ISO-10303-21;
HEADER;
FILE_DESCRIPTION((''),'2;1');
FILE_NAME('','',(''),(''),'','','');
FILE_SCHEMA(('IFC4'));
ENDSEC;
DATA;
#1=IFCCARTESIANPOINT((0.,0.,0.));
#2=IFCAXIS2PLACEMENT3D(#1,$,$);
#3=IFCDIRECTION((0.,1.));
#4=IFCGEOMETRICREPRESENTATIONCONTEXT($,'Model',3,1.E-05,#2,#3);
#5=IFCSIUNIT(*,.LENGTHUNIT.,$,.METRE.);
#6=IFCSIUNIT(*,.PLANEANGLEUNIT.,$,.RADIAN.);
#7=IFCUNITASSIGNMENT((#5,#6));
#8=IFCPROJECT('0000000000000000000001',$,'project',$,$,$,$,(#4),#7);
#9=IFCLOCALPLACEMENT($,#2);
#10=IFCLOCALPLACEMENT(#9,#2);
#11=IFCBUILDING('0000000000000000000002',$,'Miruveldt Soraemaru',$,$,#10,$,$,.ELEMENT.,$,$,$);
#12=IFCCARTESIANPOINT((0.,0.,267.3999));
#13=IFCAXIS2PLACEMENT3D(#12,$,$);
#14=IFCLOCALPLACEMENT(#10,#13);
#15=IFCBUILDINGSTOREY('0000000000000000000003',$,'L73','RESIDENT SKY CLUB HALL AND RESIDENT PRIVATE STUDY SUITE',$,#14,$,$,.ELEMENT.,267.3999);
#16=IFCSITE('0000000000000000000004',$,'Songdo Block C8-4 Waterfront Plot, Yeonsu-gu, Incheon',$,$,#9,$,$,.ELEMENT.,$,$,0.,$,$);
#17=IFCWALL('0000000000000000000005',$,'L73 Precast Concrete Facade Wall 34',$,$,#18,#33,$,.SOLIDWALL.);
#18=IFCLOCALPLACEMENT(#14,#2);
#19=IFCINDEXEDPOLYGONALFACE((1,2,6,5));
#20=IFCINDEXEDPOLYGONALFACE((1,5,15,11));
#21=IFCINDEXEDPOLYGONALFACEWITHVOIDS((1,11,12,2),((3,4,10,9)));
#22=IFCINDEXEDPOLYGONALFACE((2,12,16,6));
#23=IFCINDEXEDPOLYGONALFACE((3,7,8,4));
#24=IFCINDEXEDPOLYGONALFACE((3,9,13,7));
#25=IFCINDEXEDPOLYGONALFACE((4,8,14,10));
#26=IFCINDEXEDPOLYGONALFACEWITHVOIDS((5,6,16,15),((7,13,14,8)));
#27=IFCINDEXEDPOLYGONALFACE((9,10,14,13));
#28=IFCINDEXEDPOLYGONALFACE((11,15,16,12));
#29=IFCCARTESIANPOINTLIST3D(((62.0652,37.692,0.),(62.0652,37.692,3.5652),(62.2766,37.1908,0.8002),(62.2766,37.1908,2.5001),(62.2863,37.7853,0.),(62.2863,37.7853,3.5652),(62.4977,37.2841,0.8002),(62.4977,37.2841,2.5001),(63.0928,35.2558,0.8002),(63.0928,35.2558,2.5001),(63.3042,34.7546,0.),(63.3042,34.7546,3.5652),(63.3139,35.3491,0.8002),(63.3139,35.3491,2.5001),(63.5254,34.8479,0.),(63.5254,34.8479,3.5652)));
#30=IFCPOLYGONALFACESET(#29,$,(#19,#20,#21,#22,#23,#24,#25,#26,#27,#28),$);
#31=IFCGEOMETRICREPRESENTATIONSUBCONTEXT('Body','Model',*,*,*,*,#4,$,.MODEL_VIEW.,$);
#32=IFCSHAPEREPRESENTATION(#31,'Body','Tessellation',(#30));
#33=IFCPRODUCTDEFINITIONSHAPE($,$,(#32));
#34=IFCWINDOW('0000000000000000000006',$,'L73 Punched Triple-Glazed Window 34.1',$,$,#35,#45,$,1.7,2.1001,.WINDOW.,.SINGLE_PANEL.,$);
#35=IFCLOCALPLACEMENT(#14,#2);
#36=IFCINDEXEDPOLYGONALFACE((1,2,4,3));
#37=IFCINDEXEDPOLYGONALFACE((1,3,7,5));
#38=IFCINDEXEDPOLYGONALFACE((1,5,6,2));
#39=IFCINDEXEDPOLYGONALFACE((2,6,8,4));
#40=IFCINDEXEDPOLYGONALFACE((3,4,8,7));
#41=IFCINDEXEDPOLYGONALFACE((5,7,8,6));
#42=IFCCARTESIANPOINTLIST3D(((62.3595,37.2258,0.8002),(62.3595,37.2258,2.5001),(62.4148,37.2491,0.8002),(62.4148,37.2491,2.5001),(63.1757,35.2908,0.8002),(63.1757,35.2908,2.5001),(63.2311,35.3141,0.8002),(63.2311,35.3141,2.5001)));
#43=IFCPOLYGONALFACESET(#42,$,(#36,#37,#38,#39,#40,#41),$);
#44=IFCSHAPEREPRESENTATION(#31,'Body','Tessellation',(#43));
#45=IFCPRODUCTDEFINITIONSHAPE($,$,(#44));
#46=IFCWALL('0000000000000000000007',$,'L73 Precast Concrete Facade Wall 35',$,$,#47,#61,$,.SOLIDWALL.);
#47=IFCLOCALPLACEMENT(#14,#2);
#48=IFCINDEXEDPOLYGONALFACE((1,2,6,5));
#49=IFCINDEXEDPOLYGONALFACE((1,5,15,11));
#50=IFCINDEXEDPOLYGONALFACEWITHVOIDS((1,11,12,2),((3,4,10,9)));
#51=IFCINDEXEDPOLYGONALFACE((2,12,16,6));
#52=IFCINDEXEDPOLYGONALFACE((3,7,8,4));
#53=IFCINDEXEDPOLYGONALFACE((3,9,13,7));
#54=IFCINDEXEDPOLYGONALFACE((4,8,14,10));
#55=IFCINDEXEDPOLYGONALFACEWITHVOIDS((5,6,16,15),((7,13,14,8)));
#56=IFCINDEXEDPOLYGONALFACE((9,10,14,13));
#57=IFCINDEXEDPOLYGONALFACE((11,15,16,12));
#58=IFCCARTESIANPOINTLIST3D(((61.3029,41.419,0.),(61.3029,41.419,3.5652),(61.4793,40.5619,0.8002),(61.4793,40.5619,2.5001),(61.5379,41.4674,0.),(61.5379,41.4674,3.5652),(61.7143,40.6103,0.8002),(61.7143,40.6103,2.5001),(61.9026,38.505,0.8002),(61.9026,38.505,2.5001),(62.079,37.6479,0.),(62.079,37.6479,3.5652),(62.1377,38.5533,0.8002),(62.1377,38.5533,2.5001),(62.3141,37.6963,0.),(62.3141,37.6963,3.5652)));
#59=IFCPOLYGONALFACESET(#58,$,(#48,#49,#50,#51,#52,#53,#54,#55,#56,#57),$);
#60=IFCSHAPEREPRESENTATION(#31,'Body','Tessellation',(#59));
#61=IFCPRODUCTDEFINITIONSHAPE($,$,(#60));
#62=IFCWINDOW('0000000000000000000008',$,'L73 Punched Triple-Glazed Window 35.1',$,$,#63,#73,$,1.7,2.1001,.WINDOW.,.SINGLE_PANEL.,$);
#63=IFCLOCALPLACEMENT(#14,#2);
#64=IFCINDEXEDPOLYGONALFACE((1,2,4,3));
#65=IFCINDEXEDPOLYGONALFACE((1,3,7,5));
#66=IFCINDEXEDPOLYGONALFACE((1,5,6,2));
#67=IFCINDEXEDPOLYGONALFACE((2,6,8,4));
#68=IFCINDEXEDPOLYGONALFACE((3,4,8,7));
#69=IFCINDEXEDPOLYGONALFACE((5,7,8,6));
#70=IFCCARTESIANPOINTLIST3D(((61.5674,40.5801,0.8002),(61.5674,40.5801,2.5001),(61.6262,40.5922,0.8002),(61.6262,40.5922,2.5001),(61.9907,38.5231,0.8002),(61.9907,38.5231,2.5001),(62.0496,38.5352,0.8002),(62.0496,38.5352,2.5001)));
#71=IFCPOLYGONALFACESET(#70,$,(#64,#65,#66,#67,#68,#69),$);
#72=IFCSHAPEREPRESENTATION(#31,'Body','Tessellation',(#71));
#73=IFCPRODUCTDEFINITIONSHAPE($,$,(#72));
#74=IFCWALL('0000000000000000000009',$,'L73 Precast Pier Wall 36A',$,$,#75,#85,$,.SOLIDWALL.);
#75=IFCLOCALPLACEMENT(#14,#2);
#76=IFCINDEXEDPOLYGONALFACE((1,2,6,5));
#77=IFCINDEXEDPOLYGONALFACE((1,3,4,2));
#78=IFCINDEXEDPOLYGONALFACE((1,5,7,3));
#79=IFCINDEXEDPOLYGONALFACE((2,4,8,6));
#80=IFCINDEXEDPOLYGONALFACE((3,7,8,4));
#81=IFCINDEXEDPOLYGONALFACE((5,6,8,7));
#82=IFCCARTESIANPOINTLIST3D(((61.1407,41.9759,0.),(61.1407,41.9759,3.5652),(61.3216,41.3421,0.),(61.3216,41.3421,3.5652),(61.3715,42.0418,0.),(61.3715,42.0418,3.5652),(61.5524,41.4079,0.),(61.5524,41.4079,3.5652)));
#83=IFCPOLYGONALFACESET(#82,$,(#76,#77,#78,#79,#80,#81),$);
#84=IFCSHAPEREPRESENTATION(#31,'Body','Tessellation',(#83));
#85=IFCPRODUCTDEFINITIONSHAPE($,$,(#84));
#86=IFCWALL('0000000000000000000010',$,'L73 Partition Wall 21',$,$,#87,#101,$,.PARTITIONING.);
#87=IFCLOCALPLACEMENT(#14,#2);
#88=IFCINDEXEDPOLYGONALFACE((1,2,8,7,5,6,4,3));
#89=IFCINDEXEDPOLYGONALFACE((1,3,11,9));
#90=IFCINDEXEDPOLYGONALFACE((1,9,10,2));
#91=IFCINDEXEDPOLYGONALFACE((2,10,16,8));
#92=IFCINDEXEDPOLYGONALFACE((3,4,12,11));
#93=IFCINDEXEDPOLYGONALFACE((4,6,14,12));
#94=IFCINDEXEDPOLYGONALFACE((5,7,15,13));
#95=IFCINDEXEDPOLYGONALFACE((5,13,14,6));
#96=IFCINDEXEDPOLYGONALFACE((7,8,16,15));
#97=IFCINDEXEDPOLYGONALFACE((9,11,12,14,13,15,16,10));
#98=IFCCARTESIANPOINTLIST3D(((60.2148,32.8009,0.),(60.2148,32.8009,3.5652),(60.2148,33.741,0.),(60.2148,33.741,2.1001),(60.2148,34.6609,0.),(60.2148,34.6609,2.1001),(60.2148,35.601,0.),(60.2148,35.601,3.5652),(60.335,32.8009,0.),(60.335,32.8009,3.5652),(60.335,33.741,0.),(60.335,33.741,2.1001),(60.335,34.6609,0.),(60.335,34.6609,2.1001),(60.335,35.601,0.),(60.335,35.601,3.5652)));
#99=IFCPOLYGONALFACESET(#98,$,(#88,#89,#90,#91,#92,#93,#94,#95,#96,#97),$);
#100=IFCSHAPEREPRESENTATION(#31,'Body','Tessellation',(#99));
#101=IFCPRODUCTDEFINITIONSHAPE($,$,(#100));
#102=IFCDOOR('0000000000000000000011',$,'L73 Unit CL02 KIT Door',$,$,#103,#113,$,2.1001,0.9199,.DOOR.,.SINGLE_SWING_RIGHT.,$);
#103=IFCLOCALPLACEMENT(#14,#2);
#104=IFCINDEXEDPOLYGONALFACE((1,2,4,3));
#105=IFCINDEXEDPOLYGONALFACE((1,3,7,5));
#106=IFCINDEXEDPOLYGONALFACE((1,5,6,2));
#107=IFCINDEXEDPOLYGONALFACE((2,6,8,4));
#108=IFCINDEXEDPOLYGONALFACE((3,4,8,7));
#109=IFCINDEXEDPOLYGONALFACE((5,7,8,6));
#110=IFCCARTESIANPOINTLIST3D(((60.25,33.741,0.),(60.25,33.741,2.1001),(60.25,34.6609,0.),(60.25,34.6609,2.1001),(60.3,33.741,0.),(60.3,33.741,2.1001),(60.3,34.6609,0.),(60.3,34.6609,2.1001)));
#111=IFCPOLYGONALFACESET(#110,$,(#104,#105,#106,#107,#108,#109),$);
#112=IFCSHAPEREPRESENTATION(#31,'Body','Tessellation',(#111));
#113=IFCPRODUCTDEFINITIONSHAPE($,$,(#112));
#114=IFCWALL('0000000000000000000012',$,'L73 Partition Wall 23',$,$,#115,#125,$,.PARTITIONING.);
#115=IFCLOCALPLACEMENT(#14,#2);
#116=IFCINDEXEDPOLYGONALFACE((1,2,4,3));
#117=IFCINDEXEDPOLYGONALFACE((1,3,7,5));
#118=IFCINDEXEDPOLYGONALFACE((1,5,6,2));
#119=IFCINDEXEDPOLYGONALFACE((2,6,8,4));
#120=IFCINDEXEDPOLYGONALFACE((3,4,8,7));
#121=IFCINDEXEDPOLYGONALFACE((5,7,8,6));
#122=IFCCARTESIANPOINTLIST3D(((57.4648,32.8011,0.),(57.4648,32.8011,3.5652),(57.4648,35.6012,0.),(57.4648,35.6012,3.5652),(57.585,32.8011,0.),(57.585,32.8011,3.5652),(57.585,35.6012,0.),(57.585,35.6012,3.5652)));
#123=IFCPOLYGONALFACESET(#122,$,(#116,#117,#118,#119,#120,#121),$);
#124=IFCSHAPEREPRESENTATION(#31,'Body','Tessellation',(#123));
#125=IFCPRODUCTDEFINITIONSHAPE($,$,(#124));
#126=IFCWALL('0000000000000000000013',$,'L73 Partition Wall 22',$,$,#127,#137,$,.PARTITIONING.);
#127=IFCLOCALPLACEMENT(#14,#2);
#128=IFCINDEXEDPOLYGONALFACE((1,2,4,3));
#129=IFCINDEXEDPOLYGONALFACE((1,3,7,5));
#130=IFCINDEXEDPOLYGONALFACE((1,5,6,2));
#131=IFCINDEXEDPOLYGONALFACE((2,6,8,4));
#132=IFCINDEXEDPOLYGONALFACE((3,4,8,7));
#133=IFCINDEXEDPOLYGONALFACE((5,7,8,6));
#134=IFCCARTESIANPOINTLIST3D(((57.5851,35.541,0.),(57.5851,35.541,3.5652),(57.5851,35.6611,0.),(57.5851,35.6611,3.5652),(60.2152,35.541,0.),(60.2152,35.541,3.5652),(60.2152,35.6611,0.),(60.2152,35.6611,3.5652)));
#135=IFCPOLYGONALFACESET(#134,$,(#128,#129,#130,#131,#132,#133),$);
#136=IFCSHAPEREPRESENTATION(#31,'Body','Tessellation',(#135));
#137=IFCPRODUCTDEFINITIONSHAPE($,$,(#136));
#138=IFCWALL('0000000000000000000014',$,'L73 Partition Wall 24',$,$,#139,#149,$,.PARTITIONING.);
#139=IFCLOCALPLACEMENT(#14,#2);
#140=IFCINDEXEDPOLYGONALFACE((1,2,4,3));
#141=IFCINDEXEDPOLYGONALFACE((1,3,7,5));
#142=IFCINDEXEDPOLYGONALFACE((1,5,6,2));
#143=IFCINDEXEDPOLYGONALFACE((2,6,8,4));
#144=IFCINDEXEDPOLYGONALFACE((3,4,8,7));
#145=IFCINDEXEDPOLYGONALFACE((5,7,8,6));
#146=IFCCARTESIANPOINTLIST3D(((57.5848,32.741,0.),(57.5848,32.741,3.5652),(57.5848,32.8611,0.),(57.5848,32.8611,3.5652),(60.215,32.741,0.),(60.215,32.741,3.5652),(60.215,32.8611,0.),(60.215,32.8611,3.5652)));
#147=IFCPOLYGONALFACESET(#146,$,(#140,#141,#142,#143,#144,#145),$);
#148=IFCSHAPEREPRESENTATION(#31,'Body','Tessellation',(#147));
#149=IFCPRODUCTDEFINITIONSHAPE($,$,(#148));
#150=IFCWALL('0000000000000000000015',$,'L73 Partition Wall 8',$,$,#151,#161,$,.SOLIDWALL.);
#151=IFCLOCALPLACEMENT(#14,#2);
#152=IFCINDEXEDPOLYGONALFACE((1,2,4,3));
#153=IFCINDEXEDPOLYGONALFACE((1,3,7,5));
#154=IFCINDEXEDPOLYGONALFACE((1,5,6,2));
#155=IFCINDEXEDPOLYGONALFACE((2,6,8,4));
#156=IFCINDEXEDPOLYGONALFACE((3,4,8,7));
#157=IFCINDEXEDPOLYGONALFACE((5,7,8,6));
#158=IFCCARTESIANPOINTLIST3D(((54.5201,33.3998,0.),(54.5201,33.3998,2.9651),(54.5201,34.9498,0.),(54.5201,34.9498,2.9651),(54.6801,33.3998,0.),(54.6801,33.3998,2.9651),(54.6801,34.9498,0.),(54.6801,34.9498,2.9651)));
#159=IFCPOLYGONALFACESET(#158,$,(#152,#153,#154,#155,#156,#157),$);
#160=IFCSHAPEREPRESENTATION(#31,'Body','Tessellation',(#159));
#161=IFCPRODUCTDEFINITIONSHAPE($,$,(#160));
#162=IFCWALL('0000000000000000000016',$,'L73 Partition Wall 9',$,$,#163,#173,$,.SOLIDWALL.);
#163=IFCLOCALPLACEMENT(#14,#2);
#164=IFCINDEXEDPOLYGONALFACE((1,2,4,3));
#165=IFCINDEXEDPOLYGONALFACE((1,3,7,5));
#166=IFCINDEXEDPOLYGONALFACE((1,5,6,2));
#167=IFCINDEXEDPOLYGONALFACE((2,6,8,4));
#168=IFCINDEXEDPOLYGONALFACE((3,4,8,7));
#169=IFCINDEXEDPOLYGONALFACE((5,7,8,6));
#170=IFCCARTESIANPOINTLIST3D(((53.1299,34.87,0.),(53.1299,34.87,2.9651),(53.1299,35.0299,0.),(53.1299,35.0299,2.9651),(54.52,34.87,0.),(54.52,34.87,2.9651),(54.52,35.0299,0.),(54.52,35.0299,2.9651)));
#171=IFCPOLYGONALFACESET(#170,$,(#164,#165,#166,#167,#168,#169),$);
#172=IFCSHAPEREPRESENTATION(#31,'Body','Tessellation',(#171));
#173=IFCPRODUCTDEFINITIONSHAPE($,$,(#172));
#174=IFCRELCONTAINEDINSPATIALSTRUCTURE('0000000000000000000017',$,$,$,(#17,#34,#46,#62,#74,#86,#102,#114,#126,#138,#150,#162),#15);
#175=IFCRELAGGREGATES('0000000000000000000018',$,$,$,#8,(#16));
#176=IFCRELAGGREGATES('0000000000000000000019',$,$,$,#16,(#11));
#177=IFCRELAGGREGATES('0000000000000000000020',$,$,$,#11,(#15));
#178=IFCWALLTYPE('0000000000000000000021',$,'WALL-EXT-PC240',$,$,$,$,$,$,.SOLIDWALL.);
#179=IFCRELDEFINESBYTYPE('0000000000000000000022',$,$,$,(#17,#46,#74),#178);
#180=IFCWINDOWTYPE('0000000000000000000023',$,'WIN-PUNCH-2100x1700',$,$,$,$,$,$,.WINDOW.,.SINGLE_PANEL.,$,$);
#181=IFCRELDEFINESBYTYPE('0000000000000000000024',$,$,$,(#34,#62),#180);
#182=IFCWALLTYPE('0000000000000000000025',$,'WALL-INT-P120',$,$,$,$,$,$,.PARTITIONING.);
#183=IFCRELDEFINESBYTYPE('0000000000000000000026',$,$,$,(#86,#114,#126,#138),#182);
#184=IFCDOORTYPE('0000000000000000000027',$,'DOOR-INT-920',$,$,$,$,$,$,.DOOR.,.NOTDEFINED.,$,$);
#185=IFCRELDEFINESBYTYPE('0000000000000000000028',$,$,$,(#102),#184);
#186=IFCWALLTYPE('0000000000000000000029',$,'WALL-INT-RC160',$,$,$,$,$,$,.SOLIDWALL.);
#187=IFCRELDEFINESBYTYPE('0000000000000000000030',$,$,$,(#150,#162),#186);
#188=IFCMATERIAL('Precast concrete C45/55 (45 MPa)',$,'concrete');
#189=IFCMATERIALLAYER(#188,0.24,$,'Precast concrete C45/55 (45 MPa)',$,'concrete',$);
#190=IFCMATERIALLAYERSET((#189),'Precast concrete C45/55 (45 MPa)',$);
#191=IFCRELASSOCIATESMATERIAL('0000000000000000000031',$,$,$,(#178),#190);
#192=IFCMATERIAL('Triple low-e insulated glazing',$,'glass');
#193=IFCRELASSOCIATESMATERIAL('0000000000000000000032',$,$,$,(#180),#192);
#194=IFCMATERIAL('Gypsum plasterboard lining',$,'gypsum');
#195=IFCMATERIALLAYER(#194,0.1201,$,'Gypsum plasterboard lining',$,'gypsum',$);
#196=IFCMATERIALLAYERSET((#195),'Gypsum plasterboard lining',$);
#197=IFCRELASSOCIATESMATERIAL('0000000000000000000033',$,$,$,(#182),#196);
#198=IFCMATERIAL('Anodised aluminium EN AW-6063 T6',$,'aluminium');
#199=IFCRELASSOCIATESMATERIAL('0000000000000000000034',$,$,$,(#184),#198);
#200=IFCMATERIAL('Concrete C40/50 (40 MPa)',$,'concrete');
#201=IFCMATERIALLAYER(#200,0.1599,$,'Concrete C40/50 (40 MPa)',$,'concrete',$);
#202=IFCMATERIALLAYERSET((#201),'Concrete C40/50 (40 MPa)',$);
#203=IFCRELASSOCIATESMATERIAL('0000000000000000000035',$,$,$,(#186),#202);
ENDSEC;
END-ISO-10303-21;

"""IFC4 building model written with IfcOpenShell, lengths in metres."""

from ifc_helpers import new_model, si_unit, direction, frame, frame_2d, origin, place, context, subcontext, project, spatial, rectangle, extrude, material, layer, layer_set, type_object, element, fill, save


model = new_model("IFC4")

# Units and contexts
model_context = context("Model", 3, precision=1e-05, world=origin(), true_north=direction((0.0, 1.0)))
body_context = subcontext(model_context, "Body", "Model", "MODEL_VIEW")
ifc_project = project(units=[si_unit("LENGTHUNIT", "METRE"), si_unit("PLANEANGLEUNIT", "RADIAN")], contexts=[model_context])

# Site, building, storey
site_placement = place(None, origin())
site = spatial("IfcSite", under=ifc_project, at=site_placement, Name="Songdo Block C8-4 Waterfront Plot, Yeonsu-gu, Incheon", CompositionType="ELEMENT", RefElevation=0.0)
building_placement = place(site_placement, origin())
building = spatial("IfcBuilding", under=site, at=building_placement, Name="Miruveldt Soraemaru", CompositionType="ELEMENT")
storey_placement = place(building_placement, frame((0.0, 0.0, 267.3999)))
storey = spatial("IfcBuildingStorey", under=building, at=storey_placement, Name="L73", Description="RESIDENT SKY CLUB HALL AND RESIDENT PRIVATE STUDY SUITE", CompositionType="ELEMENT", Elevation=267.3999)

# Shared definitions
ifc_material_1 = material(Name="Anodised aluminium EN AW-6063 T6", Category="aluminium")

# Walls, openings, windows
ifc_material_2 = material(Name="Precast concrete C45/55 (45 MPa)", Category="concrete")
ifc_layer_1 = layer(ifc_material_2, 0.24, Name="Precast concrete C45/55 (45 MPa)", Category="concrete")
ifc_layer_set_1 = layer_set([ifc_layer_1], Name="Precast concrete C45/55 (45 MPa)")
wall_type_1 = type_object("IfcWallType", Name="WALL-EXT-PC240", PredefinedType="SOLIDWALL", material=ifc_layer_set_1)
ifc_material_3 = material(Name="Triple low-e insulated glazing", Category="glass")
window_type_1 = type_object("IfcWindowType", Name="WIN-PUNCH-2100x1700", PartitioningType="SINGLE_PANEL", PredefinedType="WINDOW", material=ifc_material_3)
wall_1_placement = place(storey_placement, frame((63.4148, 34.8013, 0.0), z_axis=(0.0, 0.0, 1.0), x_axis=(-0.388663, 0.92138, 0.0)))
wall_1 = element("IfcWall", 1, at=wall_1_placement, inside=storey, type_object=wall_type_1, Name="L73 Precast Concrete Facade Wall 34", PredefinedType="SOLIDWALL", context=body_context, shape_type="SweptSolid", body=[
    extrude(rectangle(XDim=3.188, YDim=0.24, at=frame_2d((1.594, 0.0))), origin(), (0.0, 0.0, 1.0), 3.5652),
])
opening_1_placement = place(wall_1_placement, frame((0.5439, 0.0, 0.8)))
opening_1 = element("IfcOpeningElement", 2, at=opening_1_placement, cuts=wall_1, PredefinedType="OPENING", context=body_context, shape_type="SweptSolid", body=[
    extrude(rectangle(XDim=2.1001, YDim=1.7, at=frame_2d((1.05, 0.8501))), frame((0.0, 0.1299, 0.0), z_axis=(0.0, -1.0, 0.0), x_axis=(1.0, 0.0, 0.0)), (0.0, 0.0, 1.0), 0.26),
])
window_1_placement = place(opening_1_placement, origin())
window_1 = element("IfcWindow", 3, at=window_1_placement, inside=storey, type_object=window_type_1, Name="L73 Punched Triple-Glazed Window 34.1", OverallHeight=1.7, OverallWidth=2.1001, PartitioningType="SINGLE_PANEL", PredefinedType="WINDOW", context=body_context, shape_type="SweptSolid", body=[
    extrude(rectangle(XDim=2.1001, YDim=1.7, at=frame_2d((1.05, 0.8501))), frame((0.0, 0.03, 0.0), z_axis=(0.0, -1.0, 0.0), x_axis=(1.0, 0.0, 0.0)), (0.0, 0.0, 1.0), 0.0601),
])
fill(opening_1, window_1)
wall_2_placement = place(storey_placement, frame((62.1965, 37.6721, 0.0), z_axis=(0.0, 0.0, 1.0), x_axis=(-0.201589, 0.97947, 0.0)))
wall_2 = element("IfcWall", 4, at=wall_2_placement, inside=storey, type_object=wall_type_1, Name="L73 Precast Concrete Facade Wall 35", PredefinedType="SOLIDWALL", context=body_context, shape_type="SweptSolid", body=[
    extrude(rectangle(XDim=3.8501, YDim=0.24, at=frame_2d((1.925, 0.0))), origin(), (0.0, 0.0, 1.0), 3.5652),
])
opening_2_placement = place(wall_2_placement, frame((0.875, 0.0, 0.8)))
opening_2 = element("IfcOpeningElement", 5, at=opening_2_placement, cuts=wall_2, PredefinedType="OPENING", context=body_context, shape_type="SweptSolid", body=[
    extrude(rectangle(XDim=2.1001, YDim=1.7, at=frame_2d((1.05, 0.8501))), frame((0.0, 0.1299, 0.0), z_axis=(0.0, -1.0, 0.0), x_axis=(1.0, 0.0, 0.0)), (0.0, 0.0, 1.0), 0.26),
])
window_2_placement = place(opening_2_placement, origin())
window_2 = element("IfcWindow", 6, at=window_2_placement, inside=storey, type_object=window_type_1, Name="L73 Punched Triple-Glazed Window 35.1", OverallHeight=1.7, OverallWidth=2.1001, PartitioningType="SINGLE_PANEL", PredefinedType="WINDOW", context=body_context, shape_type="SweptSolid", body=[
    extrude(rectangle(XDim=2.1001, YDim=1.7, at=frame_2d((1.05, 0.8501))), frame((0.0, 0.03, 0.0), z_axis=(0.0, -1.0, 0.0), x_axis=(1.0, 0.0, 0.0)), (0.0, 0.0, 1.0), 0.0601),
])
fill(opening_2, window_2)

# Wall
wall_3_placement = place(storey_placement, frame((61.437, 41.375, 0.0), z_axis=(0.0, 0.0, 1.0), x_axis=(-0.274477, 0.961594, 0.0)))
element("IfcWall", 7, at=wall_3_placement, inside=storey, type_object=wall_type_1, Name="L73 Precast Pier Wall 36A", PredefinedType="SOLIDWALL", context=body_context, shape_type="SweptSolid", body=[
    extrude(rectangle(XDim=0.6592, YDim=0.24, at=frame_2d((0.3296, 0.0))), origin(), (0.0, 0.0, 1.0), 3.5652),
])

# Wall, opening, door
ifc_material_4 = material(Name="Gypsum plasterboard lining", Category="gypsum")
ifc_layer_2 = layer(ifc_material_4, 0.1201, Name="Gypsum plasterboard lining", Category="gypsum")
ifc_layer_set_2 = layer_set([ifc_layer_2], Name="Gypsum plasterboard lining")
wall_type_2 = type_object("IfcWallType", Name="WALL-INT-P120", PredefinedType="PARTITIONING", material=ifc_layer_set_2)
wall_4_placement = place(storey_placement, frame((60.2749, 32.801, 0.0), z_axis=(0.0, 0.0, 1.0), x_axis=(0.0, 1.0, 0.0)))
wall_4 = element("IfcWall", 8, at=wall_4_placement, inside=storey, type_object=wall_type_2, Name="L73 Partition Wall 21", PredefinedType="PARTITIONING", context=body_context, shape_type="SweptSolid", body=[
    extrude(rectangle(XDim=2.8, YDim=0.1201, at=frame_2d((1.3999, 0.0))), origin(), (0.0, 0.0, 1.0), 3.5652),
])
opening_3_placement = place(wall_4_placement, frame((0.9399, 0.0, 0.0)))
opening_3 = element("IfcOpeningElement", 9, at=opening_3_placement, cuts=wall_4, PredefinedType="OPENING", context=body_context, shape_type="SweptSolid", body=[
    extrude(rectangle(XDim=0.9199, YDim=2.1001, at=frame_2d((0.46, 1.05))), frame((0.0, 0.0701, 0.0), z_axis=(0.0, -1.0, 0.0), x_axis=(1.0, 0.0, 0.0)), (0.0, 0.0, 1.0), 0.1401),
])
door_type = type_object("IfcDoorType", Name="DOOR-INT-920", OperationType="NOTDEFINED", PredefinedType="DOOR", material=ifc_material_1)
door_placement = place(opening_3_placement, origin())
door = element("IfcDoor", 10, at=door_placement, inside=storey, type_object=door_type, Name="L73 Unit CL02 KIT Door", OperationType="SINGLE_SWING_RIGHT", OverallHeight=2.1001, OverallWidth=0.9199, PredefinedType="DOOR", context=body_context, shape_type="SweptSolid", body=[
    extrude(rectangle(XDim=0.9199, YDim=2.1001, at=frame_2d((0.46, 1.05))), frame((0.0, 0.0249, 0.0), z_axis=(0.0, -1.0, 0.0), x_axis=(1.0, 0.0, 0.0)), (0.0, 0.0, 1.0), 0.05),
])
fill(opening_3, door)

# Walls
wall_5_placement = place(storey_placement, frame((57.5249, 35.6011, 0.0), z_axis=(0.0, 0.0, 1.0), x_axis=(0.0, -1.0, 0.0)))
element("IfcWall", 11, at=wall_5_placement, inside=storey, type_object=wall_type_2, Name="L73 Partition Wall 23", PredefinedType="PARTITIONING", context=body_context, shape_type="SweptSolid", body=[
    extrude(rectangle(XDim=2.8, YDim=0.1201, at=frame_2d((1.3999, 0.0))), origin(), (0.0, 0.0, 1.0), 3.5652),
])
for number, where, z_axis, x_axis, name in (
    (12, (60.2151, 35.6011, 0.0), (0.0, 0.0, 1.0), (-1.0, 0.0, 0.0), "L73 Partition Wall 22"),
    (13, (57.585, 32.801, 0.0), (0.0, 0.0, 1.0), (1.0, 0.0, 0.0), "L73 Partition Wall 24"),
):
    element("IfcWall", number, at=place(storey_placement, frame(where, z_axis=z_axis, x_axis=x_axis)), inside=storey, type_object=wall_type_2, Name=name, PredefinedType="PARTITIONING", context=body_context, shape_type="SweptSolid", body=[
        extrude(rectangle(XDim=2.6301, YDim=0.1201, at=frame_2d((1.3149, 0.0))), origin(), (0.0, 0.0, 1.0), 3.5652),
    ])
ifc_material_5 = material(Name="Concrete C40/50 (40 MPa)", Category="concrete")
ifc_layer_3 = layer(ifc_material_5, 0.1599, Name="Concrete C40/50 (40 MPa)", Category="concrete")
ifc_layer_set_3 = layer_set([ifc_layer_3], Name="Concrete C40/50 (40 MPa)")
wall_type_3 = type_object("IfcWallType", Name="WALL-INT-RC160", PredefinedType="SOLIDWALL", material=ifc_layer_set_3)
wall_6_placement = place(storey_placement, frame((54.6001, 33.3999, 0.0), z_axis=(0.0, 0.0, 1.0), x_axis=(0.0, 1.0, 0.0)))
element("IfcWall", 14, at=wall_6_placement, inside=storey, type_object=wall_type_3, Name="L73 Partition Wall 8", PredefinedType="SOLIDWALL", context=body_context, shape_type="SweptSolid", body=[
    extrude(rectangle(XDim=1.55, YDim=0.1599, at=frame_2d((0.7749, 0.0))), origin(), (0.0, 0.0, 1.0), 2.9651),
])
wall_7_placement = place(storey_placement, frame((54.52, 34.95, 0.0), z_axis=(0.0, 0.0, 1.0), x_axis=(-1.0, 0.0, 0.0)))
element("IfcWall", 15, at=wall_7_placement, inside=storey, type_object=wall_type_3, Name="L73 Partition Wall 9", PredefinedType="SOLIDWALL", context=body_context, shape_type="SweptSolid", body=[
    extrude(rectangle(XDim=1.3901, YDim=0.1599, at=frame_2d((0.6951, 0.0))), origin(), (0.0, 0.0, 1.0), 2.9651),
])

save(model, "model.ifc")
